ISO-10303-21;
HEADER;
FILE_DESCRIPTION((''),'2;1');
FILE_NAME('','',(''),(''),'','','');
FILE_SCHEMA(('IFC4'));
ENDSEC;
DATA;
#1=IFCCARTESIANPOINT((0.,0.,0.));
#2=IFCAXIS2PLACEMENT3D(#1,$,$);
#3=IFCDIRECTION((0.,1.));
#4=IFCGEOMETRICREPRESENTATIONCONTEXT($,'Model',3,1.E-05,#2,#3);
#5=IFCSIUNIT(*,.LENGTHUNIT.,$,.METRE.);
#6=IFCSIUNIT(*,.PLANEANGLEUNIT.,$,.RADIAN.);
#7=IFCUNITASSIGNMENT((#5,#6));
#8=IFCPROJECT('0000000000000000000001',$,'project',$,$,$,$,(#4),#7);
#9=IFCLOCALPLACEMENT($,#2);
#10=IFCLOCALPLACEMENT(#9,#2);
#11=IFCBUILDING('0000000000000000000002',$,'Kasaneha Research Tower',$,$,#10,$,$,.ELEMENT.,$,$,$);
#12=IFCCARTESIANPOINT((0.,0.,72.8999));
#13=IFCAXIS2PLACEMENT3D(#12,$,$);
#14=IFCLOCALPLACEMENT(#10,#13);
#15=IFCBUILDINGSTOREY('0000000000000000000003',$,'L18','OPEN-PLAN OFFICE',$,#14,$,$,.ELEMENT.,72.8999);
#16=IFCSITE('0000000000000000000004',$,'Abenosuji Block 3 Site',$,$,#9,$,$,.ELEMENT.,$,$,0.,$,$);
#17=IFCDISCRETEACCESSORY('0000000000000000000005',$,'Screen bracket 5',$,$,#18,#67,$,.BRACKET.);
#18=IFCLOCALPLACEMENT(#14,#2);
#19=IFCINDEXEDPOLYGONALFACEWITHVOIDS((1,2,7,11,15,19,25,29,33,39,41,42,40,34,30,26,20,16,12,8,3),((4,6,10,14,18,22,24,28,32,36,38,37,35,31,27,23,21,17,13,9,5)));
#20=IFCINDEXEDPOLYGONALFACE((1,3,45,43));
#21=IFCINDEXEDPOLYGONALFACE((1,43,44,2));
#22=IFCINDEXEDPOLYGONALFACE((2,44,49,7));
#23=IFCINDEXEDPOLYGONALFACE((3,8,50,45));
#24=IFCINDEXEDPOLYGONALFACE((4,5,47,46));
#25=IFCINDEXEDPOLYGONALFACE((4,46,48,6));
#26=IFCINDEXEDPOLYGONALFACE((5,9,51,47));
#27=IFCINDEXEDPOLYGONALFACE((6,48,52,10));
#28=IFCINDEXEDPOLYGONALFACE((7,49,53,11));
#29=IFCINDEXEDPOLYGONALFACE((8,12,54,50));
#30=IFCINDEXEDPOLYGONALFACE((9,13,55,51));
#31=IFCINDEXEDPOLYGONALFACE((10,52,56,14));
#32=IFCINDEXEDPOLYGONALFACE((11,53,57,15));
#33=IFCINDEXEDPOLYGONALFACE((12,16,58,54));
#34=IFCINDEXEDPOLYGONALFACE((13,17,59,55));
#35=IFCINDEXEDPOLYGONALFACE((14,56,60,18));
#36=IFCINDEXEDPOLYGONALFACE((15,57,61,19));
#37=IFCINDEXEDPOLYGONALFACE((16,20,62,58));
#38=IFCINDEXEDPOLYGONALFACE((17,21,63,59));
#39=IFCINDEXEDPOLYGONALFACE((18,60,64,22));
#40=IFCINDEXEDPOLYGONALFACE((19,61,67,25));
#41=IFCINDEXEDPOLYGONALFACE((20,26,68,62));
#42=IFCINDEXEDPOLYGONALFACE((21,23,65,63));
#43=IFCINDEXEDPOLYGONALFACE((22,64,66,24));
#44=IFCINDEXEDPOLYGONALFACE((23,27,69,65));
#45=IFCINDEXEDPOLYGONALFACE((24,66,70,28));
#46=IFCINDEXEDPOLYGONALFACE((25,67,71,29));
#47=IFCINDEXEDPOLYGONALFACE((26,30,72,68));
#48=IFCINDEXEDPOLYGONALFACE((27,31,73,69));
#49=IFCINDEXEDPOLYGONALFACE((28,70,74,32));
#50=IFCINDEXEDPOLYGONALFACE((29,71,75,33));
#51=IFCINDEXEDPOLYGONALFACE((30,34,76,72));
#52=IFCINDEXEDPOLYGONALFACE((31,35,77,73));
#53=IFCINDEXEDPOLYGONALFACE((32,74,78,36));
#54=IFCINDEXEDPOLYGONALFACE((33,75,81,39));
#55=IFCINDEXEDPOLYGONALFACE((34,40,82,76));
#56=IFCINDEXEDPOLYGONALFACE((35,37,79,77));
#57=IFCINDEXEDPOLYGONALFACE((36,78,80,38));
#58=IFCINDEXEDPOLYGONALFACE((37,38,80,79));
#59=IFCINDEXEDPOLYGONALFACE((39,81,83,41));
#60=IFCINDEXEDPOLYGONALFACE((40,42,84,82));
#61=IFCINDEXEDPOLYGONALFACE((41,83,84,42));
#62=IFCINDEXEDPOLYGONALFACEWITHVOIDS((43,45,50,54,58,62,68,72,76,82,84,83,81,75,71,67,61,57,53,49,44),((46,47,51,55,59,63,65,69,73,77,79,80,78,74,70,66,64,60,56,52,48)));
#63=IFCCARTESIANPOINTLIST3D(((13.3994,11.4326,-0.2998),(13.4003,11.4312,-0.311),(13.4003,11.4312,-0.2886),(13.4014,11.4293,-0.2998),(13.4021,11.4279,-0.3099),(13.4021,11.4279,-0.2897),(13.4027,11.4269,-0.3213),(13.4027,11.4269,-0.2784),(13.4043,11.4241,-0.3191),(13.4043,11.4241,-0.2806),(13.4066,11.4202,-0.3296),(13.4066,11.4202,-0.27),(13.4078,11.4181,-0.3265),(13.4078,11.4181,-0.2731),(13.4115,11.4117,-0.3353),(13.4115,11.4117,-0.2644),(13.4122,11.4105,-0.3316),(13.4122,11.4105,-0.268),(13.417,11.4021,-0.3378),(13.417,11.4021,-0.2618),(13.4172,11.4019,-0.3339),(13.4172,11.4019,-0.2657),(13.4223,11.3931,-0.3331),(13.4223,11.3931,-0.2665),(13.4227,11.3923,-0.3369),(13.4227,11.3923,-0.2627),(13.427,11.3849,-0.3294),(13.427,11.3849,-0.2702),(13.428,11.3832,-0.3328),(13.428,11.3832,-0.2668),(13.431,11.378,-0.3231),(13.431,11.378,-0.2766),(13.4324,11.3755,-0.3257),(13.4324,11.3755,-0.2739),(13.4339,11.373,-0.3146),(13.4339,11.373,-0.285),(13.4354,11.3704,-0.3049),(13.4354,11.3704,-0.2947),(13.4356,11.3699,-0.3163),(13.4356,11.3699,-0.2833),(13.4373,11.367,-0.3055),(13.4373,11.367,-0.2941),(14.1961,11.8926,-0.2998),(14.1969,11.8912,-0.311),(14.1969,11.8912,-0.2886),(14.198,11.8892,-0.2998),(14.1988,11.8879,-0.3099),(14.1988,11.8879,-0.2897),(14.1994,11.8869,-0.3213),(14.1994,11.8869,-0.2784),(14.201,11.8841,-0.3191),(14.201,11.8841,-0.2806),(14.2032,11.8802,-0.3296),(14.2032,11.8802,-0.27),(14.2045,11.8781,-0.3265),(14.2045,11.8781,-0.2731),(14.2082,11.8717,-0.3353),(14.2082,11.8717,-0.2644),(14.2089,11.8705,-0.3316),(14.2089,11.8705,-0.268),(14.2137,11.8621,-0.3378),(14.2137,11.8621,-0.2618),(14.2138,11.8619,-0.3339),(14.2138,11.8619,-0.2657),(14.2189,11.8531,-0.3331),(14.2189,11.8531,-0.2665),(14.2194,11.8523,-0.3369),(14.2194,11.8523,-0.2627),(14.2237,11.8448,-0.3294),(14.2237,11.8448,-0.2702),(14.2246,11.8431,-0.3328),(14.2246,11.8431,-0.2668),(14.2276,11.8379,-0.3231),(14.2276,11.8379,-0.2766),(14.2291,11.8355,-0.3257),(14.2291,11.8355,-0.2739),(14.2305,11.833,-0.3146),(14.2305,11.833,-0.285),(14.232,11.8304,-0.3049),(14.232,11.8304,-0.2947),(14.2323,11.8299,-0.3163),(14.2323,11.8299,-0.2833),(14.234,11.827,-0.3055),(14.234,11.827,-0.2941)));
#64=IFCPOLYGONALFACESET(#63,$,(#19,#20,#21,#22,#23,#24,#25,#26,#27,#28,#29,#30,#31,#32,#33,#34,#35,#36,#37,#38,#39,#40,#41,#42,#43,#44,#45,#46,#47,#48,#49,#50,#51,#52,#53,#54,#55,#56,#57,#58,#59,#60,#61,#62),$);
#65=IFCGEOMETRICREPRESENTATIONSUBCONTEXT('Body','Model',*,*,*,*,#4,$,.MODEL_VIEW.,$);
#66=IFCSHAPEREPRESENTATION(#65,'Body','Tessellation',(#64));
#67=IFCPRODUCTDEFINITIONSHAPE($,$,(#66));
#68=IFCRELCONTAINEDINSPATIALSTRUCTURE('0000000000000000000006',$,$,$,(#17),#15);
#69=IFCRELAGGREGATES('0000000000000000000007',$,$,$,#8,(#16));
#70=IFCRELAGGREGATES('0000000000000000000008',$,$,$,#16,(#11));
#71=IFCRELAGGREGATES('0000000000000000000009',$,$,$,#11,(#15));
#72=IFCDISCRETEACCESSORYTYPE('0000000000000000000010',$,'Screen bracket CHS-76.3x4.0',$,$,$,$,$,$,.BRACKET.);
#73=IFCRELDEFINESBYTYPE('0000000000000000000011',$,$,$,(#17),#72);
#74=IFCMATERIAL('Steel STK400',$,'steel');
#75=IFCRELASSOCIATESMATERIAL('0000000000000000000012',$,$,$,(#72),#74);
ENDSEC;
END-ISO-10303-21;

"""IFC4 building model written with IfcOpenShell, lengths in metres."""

from ifc_helpers import new_model, si_unit, direction, frame, origin, origin_2d, place, context, subcontext, project, spatial, hollow_circle, extrude, material, material_profile, profile_set, type_object, element, save


model = new_model("IFC4")

# Units and contexts
model_context = context("Model", 3, precision=1e-05, world=origin(), true_north=direction((0.0, 1.0)))
body_context = subcontext(model_context, "Body", "Model", "MODEL_VIEW")
ifc_project = project(units=[si_unit("LENGTHUNIT", "METRE"), si_unit("PLANEANGLEUNIT", "RADIAN")], contexts=[model_context])

# Site, building, storey
site_placement = place(None, origin())
site = spatial("IfcSite", under=ifc_project, at=site_placement, Name="Abenosuji Block 3 Site", CompositionType="ELEMENT", RefElevation=0.0)
building_placement = place(site_placement, origin())
building = spatial("IfcBuilding", under=site, at=building_placement, Name="Kasaneha Research Tower", CompositionType="ELEMENT")
storey_placement = place(building_placement, frame((0.0, 0.0, 72.8999)))
storey = spatial("IfcBuildingStorey", under=building, at=storey_placement, Name="L18", Description="OPEN-PLAN OFFICE", CompositionType="ELEMENT", Elevation=72.8999)

# Discrete accessory
ifc_material_1 = material(Name="Steel STK400", Category="steel")
ifc_material_profile_1 = material_profile(ifc_material_1, hollow_circle(Radius=0.0381, WallThickness=0.0039, at=origin_2d()), Name="CHS-76.3x4.0")
ifc_profile_set_1 = profile_set([ifc_material_profile_1], Name="Steel STK400")
discrete_accessory_type = type_object("IfcDiscreteAccessoryType", Name="Screen bracket CHS-76.3x4.0", PredefinedType="BRACKET", material=ifc_profile_set_1)
for number, where, z_axis, x_axis, name in (
    (1, (13.4185, 11.3997, -0.2998), (0.866013, 0.500021, 0.0), (-0.500021, 0.866013, 0.0), "Screen bracket 5"),
):
    element("IfcDiscreteAccessory", number, at=place(storey_placement, frame(where, z_axis=z_axis, x_axis=x_axis)), inside=storey, type_object=discrete_accessory_type, Name=name, PredefinedType="BRACKET", context=body_context, shape_type="SweptSolid", body=[
        extrude(hollow_circle(Radius=0.0381, WallThickness=0.0039, at=origin_2d()), origin(), (0.0, 0.0, 1.0), 0.9199),
    ])

save(model, "model.ifc")
